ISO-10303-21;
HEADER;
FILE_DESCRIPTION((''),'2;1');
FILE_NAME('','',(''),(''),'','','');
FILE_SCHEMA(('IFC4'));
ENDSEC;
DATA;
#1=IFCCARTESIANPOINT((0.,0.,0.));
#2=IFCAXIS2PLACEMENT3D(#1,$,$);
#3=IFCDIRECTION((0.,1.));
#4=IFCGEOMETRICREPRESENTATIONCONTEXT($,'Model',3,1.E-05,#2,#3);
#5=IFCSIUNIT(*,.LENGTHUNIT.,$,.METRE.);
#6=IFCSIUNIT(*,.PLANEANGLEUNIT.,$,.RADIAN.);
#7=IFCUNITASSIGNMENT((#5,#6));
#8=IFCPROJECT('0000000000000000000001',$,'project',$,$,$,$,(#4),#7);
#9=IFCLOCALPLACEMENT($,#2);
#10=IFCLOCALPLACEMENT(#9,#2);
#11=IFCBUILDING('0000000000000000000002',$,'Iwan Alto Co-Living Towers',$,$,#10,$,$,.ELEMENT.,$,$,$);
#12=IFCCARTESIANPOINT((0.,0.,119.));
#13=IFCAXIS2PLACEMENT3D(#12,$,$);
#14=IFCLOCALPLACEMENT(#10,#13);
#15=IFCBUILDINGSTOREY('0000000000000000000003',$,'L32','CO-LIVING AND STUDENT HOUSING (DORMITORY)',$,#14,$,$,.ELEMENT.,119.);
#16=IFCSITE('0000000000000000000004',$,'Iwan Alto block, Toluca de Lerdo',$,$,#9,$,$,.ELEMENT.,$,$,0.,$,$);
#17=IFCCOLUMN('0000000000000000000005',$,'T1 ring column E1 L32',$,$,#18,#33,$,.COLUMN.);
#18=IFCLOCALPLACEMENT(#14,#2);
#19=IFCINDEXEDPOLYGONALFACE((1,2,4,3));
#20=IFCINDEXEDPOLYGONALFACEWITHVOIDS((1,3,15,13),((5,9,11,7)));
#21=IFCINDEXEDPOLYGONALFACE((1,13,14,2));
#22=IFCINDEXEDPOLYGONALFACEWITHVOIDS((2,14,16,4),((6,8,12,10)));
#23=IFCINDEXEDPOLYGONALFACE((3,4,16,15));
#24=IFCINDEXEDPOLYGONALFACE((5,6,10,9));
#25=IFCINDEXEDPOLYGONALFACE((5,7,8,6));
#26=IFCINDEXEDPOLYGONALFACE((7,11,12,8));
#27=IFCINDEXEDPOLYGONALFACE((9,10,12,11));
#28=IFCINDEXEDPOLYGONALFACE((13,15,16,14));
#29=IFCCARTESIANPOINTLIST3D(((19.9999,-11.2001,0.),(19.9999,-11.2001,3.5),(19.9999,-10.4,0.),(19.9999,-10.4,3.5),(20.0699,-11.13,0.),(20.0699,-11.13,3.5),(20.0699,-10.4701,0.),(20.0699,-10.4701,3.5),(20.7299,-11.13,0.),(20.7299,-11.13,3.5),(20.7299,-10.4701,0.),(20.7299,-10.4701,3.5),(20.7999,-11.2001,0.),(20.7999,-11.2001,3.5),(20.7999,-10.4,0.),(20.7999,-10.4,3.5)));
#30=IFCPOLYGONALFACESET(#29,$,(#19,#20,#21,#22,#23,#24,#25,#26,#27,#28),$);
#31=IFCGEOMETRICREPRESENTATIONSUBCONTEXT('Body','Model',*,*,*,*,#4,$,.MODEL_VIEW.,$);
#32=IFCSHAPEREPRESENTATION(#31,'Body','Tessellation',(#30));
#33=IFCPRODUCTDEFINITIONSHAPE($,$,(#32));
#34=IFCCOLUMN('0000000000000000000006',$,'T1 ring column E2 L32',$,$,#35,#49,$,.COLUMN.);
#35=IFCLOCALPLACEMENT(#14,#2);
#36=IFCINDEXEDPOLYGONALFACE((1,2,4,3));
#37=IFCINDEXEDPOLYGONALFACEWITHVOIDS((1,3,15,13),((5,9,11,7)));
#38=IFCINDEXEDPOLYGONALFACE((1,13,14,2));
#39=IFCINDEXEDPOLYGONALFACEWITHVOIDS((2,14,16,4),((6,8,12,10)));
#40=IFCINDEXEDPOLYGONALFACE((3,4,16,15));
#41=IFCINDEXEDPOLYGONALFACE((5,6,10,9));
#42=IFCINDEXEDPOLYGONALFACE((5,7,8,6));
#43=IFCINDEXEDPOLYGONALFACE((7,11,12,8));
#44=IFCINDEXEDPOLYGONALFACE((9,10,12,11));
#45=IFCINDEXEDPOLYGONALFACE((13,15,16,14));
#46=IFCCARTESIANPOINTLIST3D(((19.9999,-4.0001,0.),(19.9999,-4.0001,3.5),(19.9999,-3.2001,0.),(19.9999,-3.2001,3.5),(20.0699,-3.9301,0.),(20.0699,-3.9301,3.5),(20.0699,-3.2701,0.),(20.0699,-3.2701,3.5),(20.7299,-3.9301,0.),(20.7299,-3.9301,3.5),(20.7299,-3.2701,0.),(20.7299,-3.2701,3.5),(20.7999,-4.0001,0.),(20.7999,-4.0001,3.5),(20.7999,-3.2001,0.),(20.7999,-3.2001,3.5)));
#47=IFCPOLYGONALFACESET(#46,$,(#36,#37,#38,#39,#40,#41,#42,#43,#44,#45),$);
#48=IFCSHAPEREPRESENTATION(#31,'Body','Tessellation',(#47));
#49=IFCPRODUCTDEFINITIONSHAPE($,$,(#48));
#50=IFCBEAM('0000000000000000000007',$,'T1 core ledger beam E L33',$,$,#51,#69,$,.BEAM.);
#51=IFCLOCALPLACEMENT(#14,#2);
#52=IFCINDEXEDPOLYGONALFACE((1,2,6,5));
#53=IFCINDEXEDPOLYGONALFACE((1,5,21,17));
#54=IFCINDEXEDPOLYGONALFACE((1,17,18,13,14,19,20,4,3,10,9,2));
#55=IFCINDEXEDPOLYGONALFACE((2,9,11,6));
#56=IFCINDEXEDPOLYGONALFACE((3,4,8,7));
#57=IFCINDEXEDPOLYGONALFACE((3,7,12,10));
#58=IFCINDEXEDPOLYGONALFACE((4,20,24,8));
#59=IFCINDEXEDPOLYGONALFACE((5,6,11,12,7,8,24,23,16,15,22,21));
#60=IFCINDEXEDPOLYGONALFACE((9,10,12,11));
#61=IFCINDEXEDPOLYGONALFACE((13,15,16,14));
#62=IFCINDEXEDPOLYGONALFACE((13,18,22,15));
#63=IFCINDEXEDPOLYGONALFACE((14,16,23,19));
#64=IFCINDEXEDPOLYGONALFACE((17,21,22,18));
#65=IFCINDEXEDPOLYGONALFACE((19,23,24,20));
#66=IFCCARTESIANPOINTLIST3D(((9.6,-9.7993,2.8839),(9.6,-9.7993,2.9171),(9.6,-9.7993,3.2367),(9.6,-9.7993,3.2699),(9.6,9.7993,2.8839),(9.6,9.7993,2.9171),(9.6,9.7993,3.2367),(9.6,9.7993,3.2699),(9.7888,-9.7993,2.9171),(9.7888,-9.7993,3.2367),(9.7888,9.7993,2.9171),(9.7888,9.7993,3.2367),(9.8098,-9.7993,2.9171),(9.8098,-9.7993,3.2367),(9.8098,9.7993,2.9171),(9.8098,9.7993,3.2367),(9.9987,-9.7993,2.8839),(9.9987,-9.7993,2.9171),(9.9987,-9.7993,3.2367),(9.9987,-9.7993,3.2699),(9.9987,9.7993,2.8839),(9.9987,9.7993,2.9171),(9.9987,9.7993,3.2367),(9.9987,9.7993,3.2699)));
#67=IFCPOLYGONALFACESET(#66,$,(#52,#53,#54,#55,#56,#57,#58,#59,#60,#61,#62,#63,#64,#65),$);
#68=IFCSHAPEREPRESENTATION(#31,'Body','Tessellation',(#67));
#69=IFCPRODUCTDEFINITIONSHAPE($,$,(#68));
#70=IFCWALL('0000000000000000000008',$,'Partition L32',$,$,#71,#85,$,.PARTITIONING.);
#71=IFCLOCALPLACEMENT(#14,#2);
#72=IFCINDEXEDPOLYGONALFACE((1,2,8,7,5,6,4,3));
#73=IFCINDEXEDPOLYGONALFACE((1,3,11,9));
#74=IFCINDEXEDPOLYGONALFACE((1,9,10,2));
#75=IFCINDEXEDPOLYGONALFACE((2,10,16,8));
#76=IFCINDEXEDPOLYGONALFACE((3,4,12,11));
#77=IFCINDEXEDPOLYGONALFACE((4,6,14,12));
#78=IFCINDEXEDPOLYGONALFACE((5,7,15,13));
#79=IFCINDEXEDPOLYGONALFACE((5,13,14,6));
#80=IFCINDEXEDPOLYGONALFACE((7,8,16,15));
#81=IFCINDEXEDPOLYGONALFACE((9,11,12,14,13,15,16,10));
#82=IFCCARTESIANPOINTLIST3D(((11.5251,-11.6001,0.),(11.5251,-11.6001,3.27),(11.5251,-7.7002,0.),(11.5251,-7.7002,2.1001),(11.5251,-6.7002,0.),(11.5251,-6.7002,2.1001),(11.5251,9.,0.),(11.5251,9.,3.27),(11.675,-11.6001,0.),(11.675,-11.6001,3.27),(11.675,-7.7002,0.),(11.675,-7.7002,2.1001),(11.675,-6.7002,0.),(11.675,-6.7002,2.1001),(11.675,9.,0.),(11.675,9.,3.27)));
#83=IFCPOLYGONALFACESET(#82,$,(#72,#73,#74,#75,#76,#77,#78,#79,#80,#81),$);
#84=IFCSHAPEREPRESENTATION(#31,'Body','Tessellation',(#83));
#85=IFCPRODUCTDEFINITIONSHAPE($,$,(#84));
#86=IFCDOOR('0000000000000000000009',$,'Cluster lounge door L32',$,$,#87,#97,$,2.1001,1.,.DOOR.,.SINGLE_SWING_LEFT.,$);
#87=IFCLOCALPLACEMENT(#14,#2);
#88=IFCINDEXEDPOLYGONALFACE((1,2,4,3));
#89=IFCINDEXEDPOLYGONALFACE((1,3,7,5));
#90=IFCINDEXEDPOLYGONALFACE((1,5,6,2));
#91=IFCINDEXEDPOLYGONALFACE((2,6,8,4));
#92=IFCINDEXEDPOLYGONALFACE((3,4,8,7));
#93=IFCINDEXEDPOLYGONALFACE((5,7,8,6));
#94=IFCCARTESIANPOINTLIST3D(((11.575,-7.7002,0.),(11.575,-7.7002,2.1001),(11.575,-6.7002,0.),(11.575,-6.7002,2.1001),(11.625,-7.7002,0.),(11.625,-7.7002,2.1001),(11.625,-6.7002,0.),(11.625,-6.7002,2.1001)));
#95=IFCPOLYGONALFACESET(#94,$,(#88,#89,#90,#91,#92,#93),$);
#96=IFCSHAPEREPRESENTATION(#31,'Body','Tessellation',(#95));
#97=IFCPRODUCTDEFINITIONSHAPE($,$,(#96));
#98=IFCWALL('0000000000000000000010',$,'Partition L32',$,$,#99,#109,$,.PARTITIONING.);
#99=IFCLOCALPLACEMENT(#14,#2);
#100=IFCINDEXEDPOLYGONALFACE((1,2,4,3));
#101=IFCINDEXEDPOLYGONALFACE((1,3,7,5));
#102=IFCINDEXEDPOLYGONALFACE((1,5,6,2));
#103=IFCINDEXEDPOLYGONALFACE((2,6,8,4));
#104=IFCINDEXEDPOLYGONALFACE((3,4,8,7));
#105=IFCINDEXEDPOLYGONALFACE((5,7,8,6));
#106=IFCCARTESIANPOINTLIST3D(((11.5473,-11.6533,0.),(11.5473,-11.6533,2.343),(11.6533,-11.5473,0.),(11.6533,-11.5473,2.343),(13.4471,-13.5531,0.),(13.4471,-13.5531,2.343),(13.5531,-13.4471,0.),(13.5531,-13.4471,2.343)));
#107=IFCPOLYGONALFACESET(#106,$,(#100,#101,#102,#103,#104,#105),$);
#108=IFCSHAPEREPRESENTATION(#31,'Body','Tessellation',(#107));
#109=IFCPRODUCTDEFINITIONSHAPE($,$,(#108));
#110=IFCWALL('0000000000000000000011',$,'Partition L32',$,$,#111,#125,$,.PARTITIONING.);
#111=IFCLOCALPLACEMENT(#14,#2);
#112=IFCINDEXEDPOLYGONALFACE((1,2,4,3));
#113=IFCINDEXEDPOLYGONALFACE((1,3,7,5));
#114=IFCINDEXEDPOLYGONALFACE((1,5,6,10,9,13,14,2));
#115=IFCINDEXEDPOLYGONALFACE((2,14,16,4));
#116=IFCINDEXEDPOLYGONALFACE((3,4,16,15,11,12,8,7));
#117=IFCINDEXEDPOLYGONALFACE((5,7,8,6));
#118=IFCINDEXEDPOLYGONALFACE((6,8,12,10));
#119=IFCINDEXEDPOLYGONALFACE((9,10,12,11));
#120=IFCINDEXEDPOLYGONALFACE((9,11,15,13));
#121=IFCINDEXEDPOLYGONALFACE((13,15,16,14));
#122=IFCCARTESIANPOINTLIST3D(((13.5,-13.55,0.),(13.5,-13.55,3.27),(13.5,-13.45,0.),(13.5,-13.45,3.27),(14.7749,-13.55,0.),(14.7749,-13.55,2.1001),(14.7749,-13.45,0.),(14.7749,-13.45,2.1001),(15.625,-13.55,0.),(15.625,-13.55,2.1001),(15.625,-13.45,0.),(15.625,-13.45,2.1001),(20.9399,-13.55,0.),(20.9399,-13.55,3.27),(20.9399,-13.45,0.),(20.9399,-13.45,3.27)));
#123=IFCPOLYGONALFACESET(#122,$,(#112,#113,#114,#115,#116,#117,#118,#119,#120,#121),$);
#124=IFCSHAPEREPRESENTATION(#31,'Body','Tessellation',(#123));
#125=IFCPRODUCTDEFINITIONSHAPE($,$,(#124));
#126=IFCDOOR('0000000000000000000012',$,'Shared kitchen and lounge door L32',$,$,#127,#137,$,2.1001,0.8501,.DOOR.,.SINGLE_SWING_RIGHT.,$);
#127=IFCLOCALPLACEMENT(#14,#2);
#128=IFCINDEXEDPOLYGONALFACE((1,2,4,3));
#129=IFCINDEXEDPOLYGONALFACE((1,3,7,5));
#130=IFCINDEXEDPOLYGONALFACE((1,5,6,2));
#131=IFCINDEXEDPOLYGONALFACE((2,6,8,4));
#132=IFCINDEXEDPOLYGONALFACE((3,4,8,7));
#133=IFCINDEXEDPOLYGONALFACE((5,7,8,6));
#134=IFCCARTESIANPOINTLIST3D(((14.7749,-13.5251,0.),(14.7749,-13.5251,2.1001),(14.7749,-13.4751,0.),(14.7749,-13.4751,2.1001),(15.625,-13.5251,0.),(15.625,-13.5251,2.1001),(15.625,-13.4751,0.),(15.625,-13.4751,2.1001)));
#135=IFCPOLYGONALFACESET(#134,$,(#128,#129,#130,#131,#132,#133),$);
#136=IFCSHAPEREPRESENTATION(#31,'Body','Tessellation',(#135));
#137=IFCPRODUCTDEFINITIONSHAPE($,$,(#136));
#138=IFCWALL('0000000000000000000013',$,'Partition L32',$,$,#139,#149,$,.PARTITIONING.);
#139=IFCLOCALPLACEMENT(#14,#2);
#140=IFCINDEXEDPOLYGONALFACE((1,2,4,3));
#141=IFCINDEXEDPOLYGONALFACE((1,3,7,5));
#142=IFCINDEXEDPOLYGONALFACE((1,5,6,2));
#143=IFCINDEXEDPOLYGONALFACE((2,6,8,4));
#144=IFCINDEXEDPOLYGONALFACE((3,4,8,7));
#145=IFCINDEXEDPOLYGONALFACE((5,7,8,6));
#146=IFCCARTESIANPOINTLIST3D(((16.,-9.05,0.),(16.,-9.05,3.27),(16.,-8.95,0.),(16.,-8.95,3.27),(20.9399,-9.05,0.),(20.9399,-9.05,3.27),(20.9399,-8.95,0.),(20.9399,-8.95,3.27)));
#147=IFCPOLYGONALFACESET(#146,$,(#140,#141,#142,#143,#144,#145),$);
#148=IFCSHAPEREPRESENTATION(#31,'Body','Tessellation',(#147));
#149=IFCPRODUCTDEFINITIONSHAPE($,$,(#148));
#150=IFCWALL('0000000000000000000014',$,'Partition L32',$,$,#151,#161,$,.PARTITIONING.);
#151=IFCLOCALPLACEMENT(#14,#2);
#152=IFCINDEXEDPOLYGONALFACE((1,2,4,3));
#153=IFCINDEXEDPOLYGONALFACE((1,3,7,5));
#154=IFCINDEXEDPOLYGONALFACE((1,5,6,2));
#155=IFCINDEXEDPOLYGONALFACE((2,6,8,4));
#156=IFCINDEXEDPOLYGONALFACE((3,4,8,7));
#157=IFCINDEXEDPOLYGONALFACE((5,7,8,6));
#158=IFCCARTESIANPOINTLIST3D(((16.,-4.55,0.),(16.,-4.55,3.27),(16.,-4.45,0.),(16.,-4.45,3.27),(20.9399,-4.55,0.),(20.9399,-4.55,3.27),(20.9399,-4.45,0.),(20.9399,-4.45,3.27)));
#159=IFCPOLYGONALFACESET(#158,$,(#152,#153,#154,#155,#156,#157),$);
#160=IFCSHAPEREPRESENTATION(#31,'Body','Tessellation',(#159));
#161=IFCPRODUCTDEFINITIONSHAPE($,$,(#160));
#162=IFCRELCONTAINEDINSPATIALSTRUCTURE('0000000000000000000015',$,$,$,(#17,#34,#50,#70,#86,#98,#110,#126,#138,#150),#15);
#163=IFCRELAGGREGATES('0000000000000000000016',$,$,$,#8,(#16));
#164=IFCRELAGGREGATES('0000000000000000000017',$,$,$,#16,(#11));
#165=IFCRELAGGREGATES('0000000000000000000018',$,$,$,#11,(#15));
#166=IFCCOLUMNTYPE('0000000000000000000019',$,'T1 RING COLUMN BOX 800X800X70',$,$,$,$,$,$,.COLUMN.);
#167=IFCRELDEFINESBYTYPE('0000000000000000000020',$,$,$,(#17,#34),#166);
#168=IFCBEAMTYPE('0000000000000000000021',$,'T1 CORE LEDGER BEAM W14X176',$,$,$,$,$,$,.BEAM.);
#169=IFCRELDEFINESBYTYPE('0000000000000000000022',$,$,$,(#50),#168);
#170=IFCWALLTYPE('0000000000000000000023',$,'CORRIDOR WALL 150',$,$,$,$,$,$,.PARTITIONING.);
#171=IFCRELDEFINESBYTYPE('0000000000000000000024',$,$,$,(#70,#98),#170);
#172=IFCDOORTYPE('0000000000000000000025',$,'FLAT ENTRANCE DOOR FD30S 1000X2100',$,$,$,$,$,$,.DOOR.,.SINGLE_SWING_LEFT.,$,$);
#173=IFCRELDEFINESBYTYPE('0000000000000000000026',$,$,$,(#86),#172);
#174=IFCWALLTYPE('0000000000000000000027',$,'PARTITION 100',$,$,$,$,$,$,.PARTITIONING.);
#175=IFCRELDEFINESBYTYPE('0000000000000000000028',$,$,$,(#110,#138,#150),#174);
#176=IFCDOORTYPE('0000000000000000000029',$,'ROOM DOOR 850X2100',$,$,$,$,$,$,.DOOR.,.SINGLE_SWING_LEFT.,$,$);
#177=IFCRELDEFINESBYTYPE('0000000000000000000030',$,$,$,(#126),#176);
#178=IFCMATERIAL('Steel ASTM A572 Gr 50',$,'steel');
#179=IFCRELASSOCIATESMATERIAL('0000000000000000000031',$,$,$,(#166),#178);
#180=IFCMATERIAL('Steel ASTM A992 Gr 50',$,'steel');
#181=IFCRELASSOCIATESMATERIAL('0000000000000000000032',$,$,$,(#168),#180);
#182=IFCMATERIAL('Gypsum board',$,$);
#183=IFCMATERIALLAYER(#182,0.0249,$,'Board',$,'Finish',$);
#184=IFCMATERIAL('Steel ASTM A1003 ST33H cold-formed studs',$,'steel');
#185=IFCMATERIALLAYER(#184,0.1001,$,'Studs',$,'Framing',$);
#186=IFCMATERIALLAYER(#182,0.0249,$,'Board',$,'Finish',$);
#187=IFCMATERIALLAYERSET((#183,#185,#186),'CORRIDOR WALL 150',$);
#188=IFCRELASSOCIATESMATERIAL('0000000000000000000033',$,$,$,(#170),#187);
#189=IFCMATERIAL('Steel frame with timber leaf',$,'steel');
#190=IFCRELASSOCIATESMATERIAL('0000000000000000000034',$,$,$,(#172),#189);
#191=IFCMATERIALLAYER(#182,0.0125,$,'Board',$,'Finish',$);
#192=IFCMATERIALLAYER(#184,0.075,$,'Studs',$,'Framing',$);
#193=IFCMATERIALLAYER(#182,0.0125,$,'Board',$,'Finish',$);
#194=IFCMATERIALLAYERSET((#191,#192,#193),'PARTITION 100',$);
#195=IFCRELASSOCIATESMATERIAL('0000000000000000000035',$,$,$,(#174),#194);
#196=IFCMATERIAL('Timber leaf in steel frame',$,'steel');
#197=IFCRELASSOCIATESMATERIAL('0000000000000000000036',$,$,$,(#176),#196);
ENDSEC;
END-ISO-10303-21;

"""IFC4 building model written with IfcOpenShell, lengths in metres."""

from ifc_helpers import new_model, si_unit, direction, frame, frame_2d, origin, origin_2d, place, context, subcontext, project, spatial, rectangle, hollow_rectangle, i_section, extrude, material, layer, layer_set, material_profile, profile_set, type_object, element, fill, save


model = new_model("IFC4")

# Units and contexts
model_context = context("Model", 3, precision=1e-05, world=origin(), true_north=direction((0.0, 1.0)))
body_context = subcontext(model_context, "Body", "Model", "MODEL_VIEW")
ifc_project = project(units=[si_unit("LENGTHUNIT", "METRE"), si_unit("PLANEANGLEUNIT", "RADIAN")], contexts=[model_context])

# Site, building, storey
site_placement = place(None, origin())
site = spatial("IfcSite", under=ifc_project, at=site_placement, Name="Iwan Alto block, Toluca de Lerdo", CompositionType="ELEMENT", RefElevation=0.0)
building_placement = place(site_placement, origin())
building = spatial("IfcBuilding", under=site, at=building_placement, Name="Iwan Alto Co-Living Towers", CompositionType="ELEMENT")
storey_placement = place(building_placement, frame((0.0, 0.0, 119.0)))
storey = spatial("IfcBuildingStorey", under=building, at=storey_placement, Name="L32", Description="CO-LIVING AND STUDENT HOUSING (DORMITORY)", CompositionType="ELEMENT", Elevation=119.0)

# Columns
ifc_material_1 = material(Name="Steel ASTM A572 Gr 50", Category="steel")
ifc_material_profile_1 = material_profile(ifc_material_1, hollow_rectangle(XDim=0.8, YDim=0.8, WallThickness=0.0701, at=origin_2d()), Name="BOX 800X800X70")
ifc_profile_set_1 = profile_set([ifc_material_profile_1], Name="Steel ASTM A572 Gr 50")
column_type = type_object("IfcColumnType", Name="T1 RING COLUMN BOX 800X800X70", PredefinedType="COLUMN", material=ifc_profile_set_1)
for number, where, z_axis, x_axis, name in (
    (1, (20.3999, -10.8, 0.0), (0.0, 0.0, 1.0), (1.0, 0.0, 0.0), "T1 ring column E1 L32"),
    (2, (20.3999, -3.6001, 0.0), (0.0, 0.0, 1.0), (1.0, 0.0, 0.0), "T1 ring column E2 L32"),
):
    element("IfcColumn", number, at=place(storey_placement, frame(where, z_axis=z_axis, x_axis=x_axis)), inside=storey, type_object=column_type, Name=name, PredefinedType="COLUMN", context=body_context, shape_type="SweptSolid", body=[
        extrude(hollow_rectangle(XDim=0.8, YDim=0.8, WallThickness=0.0701, at=origin_2d()), origin(), (0.0, 0.0, 1.0), 3.5),
    ])

# Beam
ifc_material_2 = material(Name="Steel ASTM A992 Gr 50", Category="steel")
ifc_material_profile_2 = material_profile(ifc_material_2, i_section(OverallWidth=0.3987, OverallDepth=0.386, WebThickness=0.021, FlangeThickness=0.0332, at=origin_2d()), Name="W14X176")
ifc_profile_set_2 = profile_set([ifc_material_profile_2], Name="Steel ASTM A992 Gr 50")
beam_type = type_object("IfcBeamType", Name="T1 CORE LEDGER BEAM W14X176", PredefinedType="BEAM", material=ifc_profile_set_2)
beam_placement = place(storey_placement, frame((9.7993, -9.7993, 3.0769), z_axis=(0.0, 1.0, 0.0), x_axis=(-1.0, 0.0, 0.0)))
element("IfcBeam", 3, at=beam_placement, inside=storey, type_object=beam_type, Name="T1 core ledger beam E L33", PredefinedType="BEAM", context=body_context, shape_type="SweptSolid", body=[
    extrude(i_section(OverallWidth=0.3987, OverallDepth=0.386, WebThickness=0.021, FlangeThickness=0.0332, at=origin_2d()), origin(), (0.0, 0.0, 1.0), 19.5986),
])

# Wall, opening, door
ifc_material_3 = material(Name="Gypsum board")
ifc_layer_1 = layer(ifc_material_3, 0.0249, Name="Board", Category="Finish")
ifc_material_4 = material(Name="Steel ASTM A1003 ST33H cold-formed studs", Category="steel")
ifc_layer_2 = layer(ifc_material_4, 0.1001, Name="Studs", Category="Framing")
ifc_layer_3 = layer(ifc_material_3, 0.0249, Name="Board", Category="Finish")
ifc_layer_set_1 = layer_set([ifc_layer_1, ifc_layer_2, ifc_layer_3], Name="CORRIDOR WALL 150")
wall_type_1 = type_object("IfcWallType", Name="CORRIDOR WALL 150", PredefinedType="PARTITIONING", material=ifc_layer_set_1)
wall_1_placement = place(storey_placement, frame((11.6001, -11.6001, 0.0), z_axis=(0.0, 0.0, 1.0), x_axis=(0.0, 1.0, 0.0)))
wall_1 = element("IfcWall", 4, at=wall_1_placement, inside=storey, type_object=wall_type_1, Name="Partition L32", PredefinedType="PARTITIONING", context=body_context, shape_type="SweptSolid", body=[
    extrude(rectangle(XDim=20.6001, YDim=0.1499, at=frame_2d((10.3, 0.0))), origin(), (0.0, 0.0, 1.0), 3.27),
])
opening_1_placement = place(wall_1_placement, frame((3.8999, 0.0, 0.0)))
opening_1 = element("IfcOpeningElement", 5, at=opening_1_placement, cuts=wall_1, PredefinedType="OPENING", context=body_context, shape_type="SweptSolid", body=[
    extrude(rectangle(XDim=1.0, YDim=2.1001, at=frame_2d((0.5, 1.05))), frame((0.0, 0.085, 0.0), z_axis=(0.0, -1.0, 0.0), x_axis=(1.0, 0.0, 0.0)), (0.0, 0.0, 1.0), 0.1699),
])
ifc_material_5 = material(Name="Steel frame with timber leaf", Category="steel")
door_type_1 = type_object("IfcDoorType", Name="FLAT ENTRANCE DOOR FD30S 1000X2100", OperationType="SINGLE_SWING_LEFT", PredefinedType="DOOR", material=ifc_material_5)
door_1_placement = place(opening_1_placement, frame((1.0, 0.0, 0.0), z_axis=(0.0, 0.0, 1.0), x_axis=(-1.0, 0.0, 0.0)))
door_1 = element("IfcDoor", 6, at=door_1_placement, inside=storey, type_object=door_type_1, Name="Cluster lounge door L32", OperationType="SINGLE_SWING_LEFT", OverallHeight=2.1001, OverallWidth=1.0, PredefinedType="DOOR", context=body_context, shape_type="SweptSolid", body=[
    extrude(rectangle(XDim=1.0, YDim=2.1001, at=frame_2d((0.5, 1.05))), frame((0.0, 0.0249, 0.0), z_axis=(0.0, -1.0, 0.0), x_axis=(1.0, 0.0, 0.0)), (0.0, 0.0, 1.0), 0.05),
])
fill(opening_1, door_1)

# Wall
wall_2_placement = place(storey_placement, frame((13.5, -13.5, 0.0), z_axis=(0.0, 0.0, 1.0), x_axis=(-0.707107, 0.707107, 0.0)))
element("IfcWall", 7, at=wall_2_placement, inside=storey, type_object=wall_type_1, Name="Partition L32", PredefinedType="PARTITIONING", context=body_context, shape_type="SweptSolid", body=[
    extrude(rectangle(XDim=2.6868, YDim=0.1499, at=frame_2d((1.3433, 0.0))), origin(), (0.0, 0.0, 1.0), 2.343),
])

# Wall, opening, door
ifc_layer_4 = layer(ifc_material_3, 0.0125, Name="Board", Category="Finish")
ifc_layer_5 = layer(ifc_material_4, 0.075, Name="Studs", Category="Framing")
ifc_layer_6 = layer(ifc_material_3, 0.0125, Name="Board", Category="Finish")
ifc_layer_set_2 = layer_set([ifc_layer_4, ifc_layer_5, ifc_layer_6], Name="PARTITION 100")
wall_type_2 = type_object("IfcWallType", Name="PARTITION 100", PredefinedType="PARTITIONING", material=ifc_layer_set_2)
wall_3_placement = place(storey_placement, frame((13.5, -13.5, 0.0), z_axis=(0.0, 0.0, 1.0), x_axis=(1.0, 0.0, 0.0)))
wall_3 = element("IfcWall", 8, at=wall_3_placement, inside=storey, type_object=wall_type_2, Name="Partition L32", PredefinedType="PARTITIONING", context=body_context, shape_type="SweptSolid", body=[
    extrude(rectangle(XDim=7.4399, YDim=0.1001, at=frame_2d((3.72, 0.0))), origin(), (0.0, 0.0, 1.0), 3.27),
])
opening_2_placement = place(wall_3_placement, frame((1.2749, 0.0, 0.0)))
opening_2 = element("IfcOpeningElement", 9, at=opening_2_placement, cuts=wall_3, PredefinedType="OPENING", context=body_context, shape_type="SweptSolid", body=[
    extrude(rectangle(XDim=0.8501, YDim=2.1001, at=frame_2d((0.425, 1.05))), frame((0.0, 0.0601, 0.0), z_axis=(0.0, -1.0, 0.0), x_axis=(1.0, 0.0, 0.0)), (0.0, 0.0, 1.0), 0.1201),
])
ifc_material_6 = material(Name="Timber leaf in steel frame", Category="steel")
door_type_2 = type_object("IfcDoorType", Name="ROOM DOOR 850X2100", OperationType="SINGLE_SWING_LEFT", PredefinedType="DOOR", material=ifc_material_6)
door_2_placement = place(opening_2_placement, origin())
door_2 = element("IfcDoor", 10, at=door_2_placement, inside=storey, type_object=door_type_2, Name="Shared kitchen and lounge door L32", OperationType="SINGLE_SWING_RIGHT", OverallHeight=2.1001, OverallWidth=0.8501, PredefinedType="DOOR", context=body_context, shape_type="SweptSolid", body=[
    extrude(rectangle(XDim=0.8501, YDim=2.1001, at=frame_2d((0.425, 1.05))), frame((0.0, 0.0249, 0.0), z_axis=(0.0, -1.0, 0.0), x_axis=(1.0, 0.0, 0.0)), (0.0, 0.0, 1.0), 0.05),
])
fill(opening_2, door_2)

# Walls
for number, where, z_axis, x_axis, name in (
    (11, (16.0, -9.0, 0.0), (0.0, 0.0, 1.0), (1.0, 0.0, 0.0), "Partition L32"),
    (12, (16.0, -4.5, 0.0), (0.0, 0.0, 1.0), (1.0, 0.0, 0.0), "Partition L32"),
):
    element("IfcWall", number, at=place(storey_placement, frame(where, z_axis=z_axis, x_axis=x_axis)), inside=storey, type_object=wall_type_2, Name=name, PredefinedType="PARTITIONING", context=body_context, shape_type="SweptSolid", body=[
        extrude(rectangle(XDim=4.9399, YDim=0.1001, at=frame_2d((2.47, 0.0))), origin(), (0.0, 0.0, 1.0), 3.27),
    ])

save(model, "model.ifc")
